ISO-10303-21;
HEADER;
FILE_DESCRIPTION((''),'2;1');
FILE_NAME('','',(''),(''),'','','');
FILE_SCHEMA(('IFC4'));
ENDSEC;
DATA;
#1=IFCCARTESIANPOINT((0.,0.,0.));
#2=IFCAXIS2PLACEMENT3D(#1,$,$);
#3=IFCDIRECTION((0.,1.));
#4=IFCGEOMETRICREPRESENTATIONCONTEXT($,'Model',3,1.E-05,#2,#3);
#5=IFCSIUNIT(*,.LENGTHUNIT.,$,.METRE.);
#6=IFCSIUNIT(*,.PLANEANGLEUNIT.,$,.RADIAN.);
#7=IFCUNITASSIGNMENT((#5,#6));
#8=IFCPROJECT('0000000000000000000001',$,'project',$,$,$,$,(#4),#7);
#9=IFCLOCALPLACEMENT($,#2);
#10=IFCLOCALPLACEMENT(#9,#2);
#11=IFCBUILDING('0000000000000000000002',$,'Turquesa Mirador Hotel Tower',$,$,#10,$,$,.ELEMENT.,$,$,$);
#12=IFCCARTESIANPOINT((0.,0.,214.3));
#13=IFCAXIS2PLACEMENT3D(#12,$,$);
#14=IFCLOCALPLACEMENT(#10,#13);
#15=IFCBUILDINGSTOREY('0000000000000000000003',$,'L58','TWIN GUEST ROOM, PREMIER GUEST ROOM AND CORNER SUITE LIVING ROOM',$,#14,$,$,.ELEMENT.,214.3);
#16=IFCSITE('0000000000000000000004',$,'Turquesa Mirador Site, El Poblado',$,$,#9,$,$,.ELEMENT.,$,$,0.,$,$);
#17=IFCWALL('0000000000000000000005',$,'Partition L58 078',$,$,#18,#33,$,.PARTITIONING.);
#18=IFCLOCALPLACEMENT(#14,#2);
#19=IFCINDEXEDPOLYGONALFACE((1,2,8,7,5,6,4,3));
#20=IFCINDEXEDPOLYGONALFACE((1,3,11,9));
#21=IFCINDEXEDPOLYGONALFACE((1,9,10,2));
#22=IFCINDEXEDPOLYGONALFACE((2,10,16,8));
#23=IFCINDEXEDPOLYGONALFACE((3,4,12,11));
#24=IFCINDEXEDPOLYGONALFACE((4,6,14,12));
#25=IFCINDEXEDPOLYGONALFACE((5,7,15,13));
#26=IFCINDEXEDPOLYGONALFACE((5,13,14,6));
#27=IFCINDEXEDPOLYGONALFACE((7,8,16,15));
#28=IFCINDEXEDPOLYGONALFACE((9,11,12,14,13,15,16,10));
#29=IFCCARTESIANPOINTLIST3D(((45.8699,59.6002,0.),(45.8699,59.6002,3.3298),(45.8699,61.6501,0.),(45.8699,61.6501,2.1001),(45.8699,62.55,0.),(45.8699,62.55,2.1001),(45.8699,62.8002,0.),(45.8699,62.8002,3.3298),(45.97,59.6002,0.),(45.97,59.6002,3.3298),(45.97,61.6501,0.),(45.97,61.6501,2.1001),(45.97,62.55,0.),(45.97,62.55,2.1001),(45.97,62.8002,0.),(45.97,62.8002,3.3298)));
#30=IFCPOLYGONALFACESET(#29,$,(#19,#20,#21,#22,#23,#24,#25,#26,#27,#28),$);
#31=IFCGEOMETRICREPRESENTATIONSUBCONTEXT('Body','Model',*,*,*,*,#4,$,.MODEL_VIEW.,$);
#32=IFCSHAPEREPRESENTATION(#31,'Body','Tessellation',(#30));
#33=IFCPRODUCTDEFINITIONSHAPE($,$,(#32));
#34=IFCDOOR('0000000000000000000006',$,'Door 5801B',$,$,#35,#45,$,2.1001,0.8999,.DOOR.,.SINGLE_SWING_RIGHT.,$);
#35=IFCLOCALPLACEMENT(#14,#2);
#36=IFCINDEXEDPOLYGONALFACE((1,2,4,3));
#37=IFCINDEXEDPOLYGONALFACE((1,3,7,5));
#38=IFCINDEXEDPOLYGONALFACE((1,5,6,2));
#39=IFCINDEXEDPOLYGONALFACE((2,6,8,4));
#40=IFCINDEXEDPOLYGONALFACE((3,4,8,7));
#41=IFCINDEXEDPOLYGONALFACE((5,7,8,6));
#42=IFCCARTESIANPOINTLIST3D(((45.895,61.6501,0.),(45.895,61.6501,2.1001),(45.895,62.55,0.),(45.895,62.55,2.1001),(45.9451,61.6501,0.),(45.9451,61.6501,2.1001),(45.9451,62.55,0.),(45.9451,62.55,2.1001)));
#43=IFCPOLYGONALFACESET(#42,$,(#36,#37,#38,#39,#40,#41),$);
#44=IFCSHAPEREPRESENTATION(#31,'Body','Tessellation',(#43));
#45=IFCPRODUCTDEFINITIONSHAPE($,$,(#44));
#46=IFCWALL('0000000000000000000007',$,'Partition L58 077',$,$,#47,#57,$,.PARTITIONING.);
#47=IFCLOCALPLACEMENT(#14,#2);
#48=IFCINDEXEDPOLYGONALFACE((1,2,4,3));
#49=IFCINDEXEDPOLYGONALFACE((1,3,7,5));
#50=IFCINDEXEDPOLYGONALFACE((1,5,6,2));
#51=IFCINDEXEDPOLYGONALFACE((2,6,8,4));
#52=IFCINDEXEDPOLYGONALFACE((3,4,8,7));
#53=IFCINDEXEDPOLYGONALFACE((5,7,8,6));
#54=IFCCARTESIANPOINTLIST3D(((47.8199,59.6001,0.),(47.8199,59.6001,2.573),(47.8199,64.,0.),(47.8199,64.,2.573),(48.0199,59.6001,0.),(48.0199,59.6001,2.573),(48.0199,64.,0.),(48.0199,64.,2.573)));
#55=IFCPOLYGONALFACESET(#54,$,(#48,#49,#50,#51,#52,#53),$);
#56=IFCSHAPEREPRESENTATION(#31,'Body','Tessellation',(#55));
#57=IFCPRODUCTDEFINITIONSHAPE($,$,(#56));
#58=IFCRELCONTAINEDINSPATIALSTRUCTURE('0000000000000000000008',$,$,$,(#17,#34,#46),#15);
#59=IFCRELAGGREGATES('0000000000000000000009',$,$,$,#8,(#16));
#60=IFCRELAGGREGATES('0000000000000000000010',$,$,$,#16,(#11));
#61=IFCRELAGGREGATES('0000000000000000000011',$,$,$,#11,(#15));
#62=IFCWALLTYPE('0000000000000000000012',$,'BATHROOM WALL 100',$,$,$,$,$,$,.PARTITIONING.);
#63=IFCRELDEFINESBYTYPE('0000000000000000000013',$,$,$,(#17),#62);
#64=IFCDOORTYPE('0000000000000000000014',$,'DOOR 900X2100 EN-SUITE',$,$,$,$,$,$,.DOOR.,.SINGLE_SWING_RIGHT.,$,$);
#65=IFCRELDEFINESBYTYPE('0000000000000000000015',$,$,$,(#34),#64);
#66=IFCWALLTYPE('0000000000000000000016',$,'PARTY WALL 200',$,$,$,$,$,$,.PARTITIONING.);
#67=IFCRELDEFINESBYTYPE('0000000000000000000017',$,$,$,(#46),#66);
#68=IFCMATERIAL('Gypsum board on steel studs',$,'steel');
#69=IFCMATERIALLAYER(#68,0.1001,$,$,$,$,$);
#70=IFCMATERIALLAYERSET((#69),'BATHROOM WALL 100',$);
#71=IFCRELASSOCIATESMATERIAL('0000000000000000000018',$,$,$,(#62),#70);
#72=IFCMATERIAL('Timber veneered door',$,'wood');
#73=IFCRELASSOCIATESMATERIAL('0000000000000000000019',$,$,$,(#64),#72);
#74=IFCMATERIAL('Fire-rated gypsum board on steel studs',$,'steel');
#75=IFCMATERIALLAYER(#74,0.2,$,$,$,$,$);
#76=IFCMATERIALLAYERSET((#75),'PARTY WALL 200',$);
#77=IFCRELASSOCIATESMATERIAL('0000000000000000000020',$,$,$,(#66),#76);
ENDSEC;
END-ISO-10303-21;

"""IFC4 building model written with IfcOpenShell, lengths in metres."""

from ifc_helpers import new_model, si_unit, direction, frame, frame_2d, origin, place, context, subcontext, project, spatial, rectangle, extrude, material, layer, layer_set, type_object, element, fill, save


model = new_model("IFC4")

# Units and contexts
model_context = context("Model", 3, precision=1e-05, world=origin(), true_north=direction((0.0, 1.0)))
body_context = subcontext(model_context, "Body", "Model", "MODEL_VIEW")
ifc_project = project(units=[si_unit("LENGTHUNIT", "METRE"), si_unit("PLANEANGLEUNIT", "RADIAN")], contexts=[model_context])

# Site, building, storey
site_placement = place(None, origin())
site = spatial("IfcSite", under=ifc_project, at=site_placement, Name="Turquesa Mirador Site, El Poblado", CompositionType="ELEMENT", RefElevation=0.0)
building_placement = place(site_placement, origin())
building = spatial("IfcBuilding", under=site, at=building_placement, Name="Turquesa Mirador Hotel Tower", CompositionType="ELEMENT")
storey_placement = place(building_placement, frame((0.0, 0.0, 214.3)))
storey = spatial("IfcBuildingStorey", under=building, at=storey_placement, Name="L58", Description="TWIN GUEST ROOM, PREMIER GUEST ROOM AND CORNER SUITE LIVING ROOM", CompositionType="ELEMENT", Elevation=214.3)

# Shared definitions
ifc_material_1 = material(Name="Gypsum board on steel studs", Category="steel")
ifc_layer_1 = layer(ifc_material_1, 0.1001)
ifc_layer_set_1 = layer_set([ifc_layer_1], Name="BATHROOM WALL 100")
wall_type_1 = type_object("IfcWallType", Name="BATHROOM WALL 100", PredefinedType="PARTITIONING", material=ifc_layer_set_1)

# Wall, opening, door
ifc_material_2 = material(Name="Timber veneered door", Category="wood")
door_type_1 = type_object("IfcDoorType", Name="DOOR 900X2100 EN-SUITE", OperationType="SINGLE_SWING_RIGHT", PredefinedType="DOOR", material=ifc_material_2)
wall_1_placement = place(storey_placement, frame((45.9199, 59.6001, 0.0), z_axis=(0.0, 0.0, 1.0), x_axis=(0.0, 1.0, 0.0)))
wall_1 = element("IfcWall", 1, at=wall_1_placement, inside=storey, type_object=wall_type_1, Name="Partition L58 078", PredefinedType="PARTITIONING", context=body_context, shape_type="SweptSolid", body=[
    extrude(rectangle(XDim=3.2, YDim=0.1001, at=frame_2d((1.6001, 0.0))), origin(), (0.0, 0.0, 1.0), 3.3298),
])
opening_1_placement = place(wall_1_placement, frame((2.05, 0.0, 0.0)))
opening_1 = element("IfcOpeningElement", 2, at=opening_1_placement, cuts=wall_1, PredefinedType="OPENING", context=body_context, shape_type="SweptSolid", body=[
    extrude(rectangle(XDim=0.8999, YDim=2.1001, at=frame_2d((0.45, 1.05))), frame((0.0, 0.0601, 0.0), z_axis=(0.0, -1.0, 0.0), x_axis=(1.0, 0.0, 0.0)), (0.0, 0.0, 1.0), 0.1201),
])
door_1_placement = place(opening_1_placement, origin())
door_1 = element("IfcDoor", 3, at=door_1_placement, inside=storey, type_object=door_type_1, Name="Door 5801B", OperationType="SINGLE_SWING_RIGHT", OverallHeight=2.1001, OverallWidth=0.8999, PredefinedType="DOOR", context=body_context, shape_type="SweptSolid", body=[
    extrude(rectangle(XDim=0.8999, YDim=2.1001, at=frame_2d((0.45, 1.05))), frame((0.0, 0.0249, 0.0), z_axis=(0.0, -1.0, 0.0), x_axis=(1.0, 0.0, 0.0)), (0.0, 0.0, 1.0), 0.05),
])
fill(opening_1, door_1)

# Wall
ifc_material_3 = material(Name="Fire-rated gypsum board on steel studs", Category="steel")
ifc_layer_2 = layer(ifc_material_3, 0.2)
ifc_layer_set_2 = layer_set([ifc_layer_2], Name="PARTY WALL 200")
wall_type_2 = type_object("IfcWallType", Name="PARTY WALL 200", PredefinedType="PARTITIONING", material=ifc_layer_set_2)
wall_2_placement = place(storey_placement, frame((47.9199, 59.6001, 0.0), z_axis=(0.0, 0.0, 1.0), x_axis=(0.0, 1.0, 0.0)))
element("IfcWall", 4, at=wall_2_placement, inside=storey, type_object=wall_type_2, Name="Partition L58 077", PredefinedType="PARTITIONING", context=body_context, shape_type="SweptSolid", body=[
    extrude(rectangle(XDim=4.3999, YDim=0.2, at=frame_2d((2.2, 0.0))), origin(), (0.0, 0.0, 1.0), 2.573),
])

save(model, "model.ifc")
